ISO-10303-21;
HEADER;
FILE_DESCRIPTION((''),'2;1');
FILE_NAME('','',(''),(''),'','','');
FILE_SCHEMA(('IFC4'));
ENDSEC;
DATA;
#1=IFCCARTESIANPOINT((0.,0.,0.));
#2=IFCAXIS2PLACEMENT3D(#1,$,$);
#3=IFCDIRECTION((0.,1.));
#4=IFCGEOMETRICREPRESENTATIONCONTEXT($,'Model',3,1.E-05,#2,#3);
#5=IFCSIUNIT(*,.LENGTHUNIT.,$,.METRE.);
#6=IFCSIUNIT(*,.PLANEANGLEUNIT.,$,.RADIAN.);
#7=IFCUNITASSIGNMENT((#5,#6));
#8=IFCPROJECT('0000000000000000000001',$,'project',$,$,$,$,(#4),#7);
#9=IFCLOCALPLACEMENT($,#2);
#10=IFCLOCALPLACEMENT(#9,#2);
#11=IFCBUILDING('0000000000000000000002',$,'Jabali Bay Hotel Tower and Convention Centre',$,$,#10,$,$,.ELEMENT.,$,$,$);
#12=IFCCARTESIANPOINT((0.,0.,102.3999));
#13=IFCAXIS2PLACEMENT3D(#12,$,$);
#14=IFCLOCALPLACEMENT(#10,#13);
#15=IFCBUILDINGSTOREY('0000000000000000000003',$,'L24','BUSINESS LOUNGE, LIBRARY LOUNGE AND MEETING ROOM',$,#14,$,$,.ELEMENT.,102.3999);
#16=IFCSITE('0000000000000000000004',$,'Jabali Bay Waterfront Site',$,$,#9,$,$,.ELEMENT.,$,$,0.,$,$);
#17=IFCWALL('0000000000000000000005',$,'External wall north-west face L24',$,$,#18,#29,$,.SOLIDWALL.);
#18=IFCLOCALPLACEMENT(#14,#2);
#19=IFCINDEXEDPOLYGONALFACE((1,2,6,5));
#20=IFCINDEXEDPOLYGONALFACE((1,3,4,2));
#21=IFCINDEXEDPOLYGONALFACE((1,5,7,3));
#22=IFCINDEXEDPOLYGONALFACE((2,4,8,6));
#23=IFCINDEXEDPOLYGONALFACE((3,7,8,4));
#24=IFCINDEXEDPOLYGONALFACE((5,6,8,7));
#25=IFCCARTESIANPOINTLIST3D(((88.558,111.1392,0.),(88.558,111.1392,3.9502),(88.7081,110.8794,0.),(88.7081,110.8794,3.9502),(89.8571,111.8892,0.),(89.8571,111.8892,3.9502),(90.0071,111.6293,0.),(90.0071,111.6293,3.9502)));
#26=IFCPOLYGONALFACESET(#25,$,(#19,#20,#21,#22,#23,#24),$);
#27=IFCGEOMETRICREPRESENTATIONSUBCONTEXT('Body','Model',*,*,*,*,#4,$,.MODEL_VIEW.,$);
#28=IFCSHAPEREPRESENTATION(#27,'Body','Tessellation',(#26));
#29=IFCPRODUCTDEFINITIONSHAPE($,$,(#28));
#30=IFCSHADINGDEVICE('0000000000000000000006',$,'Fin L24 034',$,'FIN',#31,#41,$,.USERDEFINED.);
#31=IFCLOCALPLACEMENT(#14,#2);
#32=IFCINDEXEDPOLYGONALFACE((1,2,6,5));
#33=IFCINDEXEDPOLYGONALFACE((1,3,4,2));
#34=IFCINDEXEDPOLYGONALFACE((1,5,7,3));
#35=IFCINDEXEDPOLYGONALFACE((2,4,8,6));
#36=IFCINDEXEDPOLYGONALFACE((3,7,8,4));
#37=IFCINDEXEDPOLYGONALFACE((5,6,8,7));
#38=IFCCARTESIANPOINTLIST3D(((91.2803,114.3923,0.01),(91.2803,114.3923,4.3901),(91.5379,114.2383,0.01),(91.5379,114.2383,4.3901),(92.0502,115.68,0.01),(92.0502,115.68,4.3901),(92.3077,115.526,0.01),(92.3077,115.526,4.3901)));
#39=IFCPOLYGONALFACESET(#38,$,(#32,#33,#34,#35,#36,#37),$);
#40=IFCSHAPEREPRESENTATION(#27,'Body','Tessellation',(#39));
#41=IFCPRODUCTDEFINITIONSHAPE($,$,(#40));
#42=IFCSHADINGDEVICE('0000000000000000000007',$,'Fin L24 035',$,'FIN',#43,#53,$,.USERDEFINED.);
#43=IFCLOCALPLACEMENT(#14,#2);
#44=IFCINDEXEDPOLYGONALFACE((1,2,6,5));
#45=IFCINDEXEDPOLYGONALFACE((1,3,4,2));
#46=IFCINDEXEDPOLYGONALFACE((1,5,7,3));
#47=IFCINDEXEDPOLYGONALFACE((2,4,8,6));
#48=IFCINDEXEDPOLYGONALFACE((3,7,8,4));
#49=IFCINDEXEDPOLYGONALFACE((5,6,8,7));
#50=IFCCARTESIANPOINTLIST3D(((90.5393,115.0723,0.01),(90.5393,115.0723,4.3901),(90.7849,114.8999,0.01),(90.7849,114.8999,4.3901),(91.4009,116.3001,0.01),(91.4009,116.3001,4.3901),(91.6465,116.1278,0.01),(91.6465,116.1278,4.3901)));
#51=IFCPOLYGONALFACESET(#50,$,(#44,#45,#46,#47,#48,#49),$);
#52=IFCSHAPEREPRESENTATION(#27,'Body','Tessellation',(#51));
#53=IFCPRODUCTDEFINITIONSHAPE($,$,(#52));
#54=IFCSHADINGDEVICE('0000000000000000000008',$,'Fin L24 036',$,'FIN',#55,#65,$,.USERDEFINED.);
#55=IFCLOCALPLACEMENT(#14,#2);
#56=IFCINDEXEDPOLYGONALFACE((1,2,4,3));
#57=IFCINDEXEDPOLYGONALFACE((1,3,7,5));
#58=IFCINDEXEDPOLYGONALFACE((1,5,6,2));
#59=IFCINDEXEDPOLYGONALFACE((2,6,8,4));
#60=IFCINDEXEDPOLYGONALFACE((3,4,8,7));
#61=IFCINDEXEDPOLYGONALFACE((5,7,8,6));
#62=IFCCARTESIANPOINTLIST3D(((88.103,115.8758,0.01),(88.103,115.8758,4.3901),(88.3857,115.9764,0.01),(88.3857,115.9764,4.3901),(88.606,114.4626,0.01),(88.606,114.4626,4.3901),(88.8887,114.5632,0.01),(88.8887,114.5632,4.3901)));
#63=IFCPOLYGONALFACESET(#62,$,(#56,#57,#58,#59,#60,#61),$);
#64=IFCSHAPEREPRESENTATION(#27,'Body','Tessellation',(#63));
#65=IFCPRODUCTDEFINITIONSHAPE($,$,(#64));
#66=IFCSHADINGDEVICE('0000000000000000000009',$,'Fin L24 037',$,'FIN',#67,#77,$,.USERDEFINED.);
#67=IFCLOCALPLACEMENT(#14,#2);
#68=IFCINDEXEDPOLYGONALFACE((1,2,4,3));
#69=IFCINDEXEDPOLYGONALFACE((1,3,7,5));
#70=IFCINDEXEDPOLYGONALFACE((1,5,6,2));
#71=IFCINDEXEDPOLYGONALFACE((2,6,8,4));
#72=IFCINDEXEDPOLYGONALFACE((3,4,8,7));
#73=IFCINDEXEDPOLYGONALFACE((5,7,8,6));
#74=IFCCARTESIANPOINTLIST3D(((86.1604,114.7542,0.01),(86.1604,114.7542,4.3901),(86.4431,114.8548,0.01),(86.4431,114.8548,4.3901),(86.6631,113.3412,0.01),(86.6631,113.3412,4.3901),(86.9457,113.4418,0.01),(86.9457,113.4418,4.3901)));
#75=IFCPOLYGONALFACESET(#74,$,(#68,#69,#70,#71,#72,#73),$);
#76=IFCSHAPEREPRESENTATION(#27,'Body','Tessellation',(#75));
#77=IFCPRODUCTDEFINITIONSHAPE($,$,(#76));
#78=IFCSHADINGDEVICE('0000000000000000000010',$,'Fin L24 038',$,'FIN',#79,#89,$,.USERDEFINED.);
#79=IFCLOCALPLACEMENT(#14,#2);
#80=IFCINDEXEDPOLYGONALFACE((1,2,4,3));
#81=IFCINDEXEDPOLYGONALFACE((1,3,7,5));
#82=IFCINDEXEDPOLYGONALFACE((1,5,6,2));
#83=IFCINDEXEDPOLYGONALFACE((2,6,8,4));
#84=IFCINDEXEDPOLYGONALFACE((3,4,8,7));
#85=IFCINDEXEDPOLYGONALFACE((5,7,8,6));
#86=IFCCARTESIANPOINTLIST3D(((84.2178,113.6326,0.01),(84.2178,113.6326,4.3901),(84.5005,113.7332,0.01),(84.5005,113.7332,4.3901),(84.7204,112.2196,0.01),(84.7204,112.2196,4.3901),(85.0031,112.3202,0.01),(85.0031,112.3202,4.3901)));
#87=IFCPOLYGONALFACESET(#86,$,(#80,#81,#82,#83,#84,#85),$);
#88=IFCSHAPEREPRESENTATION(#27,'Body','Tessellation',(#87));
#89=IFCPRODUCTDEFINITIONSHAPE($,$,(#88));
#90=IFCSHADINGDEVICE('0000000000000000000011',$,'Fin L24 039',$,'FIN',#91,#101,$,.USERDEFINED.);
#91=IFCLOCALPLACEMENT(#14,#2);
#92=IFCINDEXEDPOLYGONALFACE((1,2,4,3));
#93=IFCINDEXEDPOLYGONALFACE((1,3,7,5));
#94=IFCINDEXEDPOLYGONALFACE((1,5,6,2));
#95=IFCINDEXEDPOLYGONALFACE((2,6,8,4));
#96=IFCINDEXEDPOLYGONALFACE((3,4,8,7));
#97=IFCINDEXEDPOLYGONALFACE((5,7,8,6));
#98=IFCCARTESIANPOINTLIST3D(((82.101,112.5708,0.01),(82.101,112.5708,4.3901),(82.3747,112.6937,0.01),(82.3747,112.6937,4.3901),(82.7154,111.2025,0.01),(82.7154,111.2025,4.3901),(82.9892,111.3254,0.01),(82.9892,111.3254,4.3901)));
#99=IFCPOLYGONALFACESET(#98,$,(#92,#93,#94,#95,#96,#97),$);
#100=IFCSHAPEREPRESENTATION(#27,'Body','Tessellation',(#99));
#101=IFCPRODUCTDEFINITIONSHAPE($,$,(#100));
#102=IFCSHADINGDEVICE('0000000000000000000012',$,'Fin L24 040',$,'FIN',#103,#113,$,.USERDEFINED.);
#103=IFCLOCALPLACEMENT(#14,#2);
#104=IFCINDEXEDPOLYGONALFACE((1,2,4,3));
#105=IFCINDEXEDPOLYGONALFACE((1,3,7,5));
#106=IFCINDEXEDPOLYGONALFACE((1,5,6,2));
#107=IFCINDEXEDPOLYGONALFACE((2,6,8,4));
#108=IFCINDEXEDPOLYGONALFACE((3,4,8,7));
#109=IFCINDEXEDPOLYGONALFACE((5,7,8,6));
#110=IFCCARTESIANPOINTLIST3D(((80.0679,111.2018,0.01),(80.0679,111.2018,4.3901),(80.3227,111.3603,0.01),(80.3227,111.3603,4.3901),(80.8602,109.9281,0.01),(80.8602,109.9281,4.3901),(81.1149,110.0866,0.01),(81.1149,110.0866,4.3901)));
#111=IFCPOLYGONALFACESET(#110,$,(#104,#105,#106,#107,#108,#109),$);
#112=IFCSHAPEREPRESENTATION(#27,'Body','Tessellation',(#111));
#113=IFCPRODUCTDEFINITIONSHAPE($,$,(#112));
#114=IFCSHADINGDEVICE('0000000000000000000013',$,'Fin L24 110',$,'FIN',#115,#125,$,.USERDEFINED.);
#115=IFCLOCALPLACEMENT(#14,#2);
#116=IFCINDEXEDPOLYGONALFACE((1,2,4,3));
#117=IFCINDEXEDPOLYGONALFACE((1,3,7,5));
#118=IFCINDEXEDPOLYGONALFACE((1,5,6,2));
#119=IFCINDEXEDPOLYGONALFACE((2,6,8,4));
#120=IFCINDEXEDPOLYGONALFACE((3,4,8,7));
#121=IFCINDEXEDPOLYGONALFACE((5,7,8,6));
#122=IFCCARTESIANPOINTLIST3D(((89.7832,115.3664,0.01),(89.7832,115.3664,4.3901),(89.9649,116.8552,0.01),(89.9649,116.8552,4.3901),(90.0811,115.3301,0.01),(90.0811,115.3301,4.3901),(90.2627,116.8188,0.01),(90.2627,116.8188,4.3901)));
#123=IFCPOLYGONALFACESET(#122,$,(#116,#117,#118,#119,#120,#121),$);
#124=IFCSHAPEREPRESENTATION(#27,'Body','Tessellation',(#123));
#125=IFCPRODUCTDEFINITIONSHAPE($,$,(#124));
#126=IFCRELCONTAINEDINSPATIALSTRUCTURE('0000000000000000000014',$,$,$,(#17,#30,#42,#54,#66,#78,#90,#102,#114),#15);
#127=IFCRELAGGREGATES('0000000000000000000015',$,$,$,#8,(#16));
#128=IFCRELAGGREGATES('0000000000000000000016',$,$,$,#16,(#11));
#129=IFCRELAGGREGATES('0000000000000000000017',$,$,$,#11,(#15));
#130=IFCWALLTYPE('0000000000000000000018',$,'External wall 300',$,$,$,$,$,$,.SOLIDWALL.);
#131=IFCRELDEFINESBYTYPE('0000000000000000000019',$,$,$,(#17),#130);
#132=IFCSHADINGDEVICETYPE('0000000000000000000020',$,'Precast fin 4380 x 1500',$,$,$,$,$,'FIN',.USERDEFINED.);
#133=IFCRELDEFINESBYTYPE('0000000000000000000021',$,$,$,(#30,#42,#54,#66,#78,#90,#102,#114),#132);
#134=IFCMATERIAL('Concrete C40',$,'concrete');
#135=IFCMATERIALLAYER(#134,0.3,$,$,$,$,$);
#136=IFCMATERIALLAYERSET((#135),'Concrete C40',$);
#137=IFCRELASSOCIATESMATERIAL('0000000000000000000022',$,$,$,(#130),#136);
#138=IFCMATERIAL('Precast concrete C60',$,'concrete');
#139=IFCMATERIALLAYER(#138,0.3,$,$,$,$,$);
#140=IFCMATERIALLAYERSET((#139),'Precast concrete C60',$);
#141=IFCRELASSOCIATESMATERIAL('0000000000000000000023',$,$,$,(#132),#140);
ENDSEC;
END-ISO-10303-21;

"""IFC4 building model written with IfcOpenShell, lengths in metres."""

from ifc_helpers import new_model, si_unit, direction, frame, frame_2d, origin, place, context, subcontext, project, spatial, rectangle, extrude, material, layer, layer_set, type_object, element, save


model = new_model("IFC4")

# Units and contexts
model_context = context("Model", 3, precision=1e-05, world=origin(), true_north=direction((0.0, 1.0)))
body_context = subcontext(model_context, "Body", "Model", "MODEL_VIEW")
ifc_project = project(units=[si_unit("LENGTHUNIT", "METRE"), si_unit("PLANEANGLEUNIT", "RADIAN")], contexts=[model_context])

# Site, building, storey
site_placement = place(None, origin())
site = spatial("IfcSite", under=ifc_project, at=site_placement, Name="Jabali Bay Waterfront Site", CompositionType="ELEMENT", RefElevation=0.0)
building_placement = place(site_placement, origin())
building = spatial("IfcBuilding", under=site, at=building_placement, Name="Jabali Bay Hotel Tower and Convention Centre", CompositionType="ELEMENT")
storey_placement = place(building_placement, frame((0.0, 0.0, 102.3999)))
storey = spatial("IfcBuildingStorey", under=building, at=storey_placement, Name="L24", Description="BUSINESS LOUNGE, LIBRARY LOUNGE AND MEETING ROOM", CompositionType="ELEMENT", Elevation=102.3999)

# Wall
ifc_material_1 = material(Name="Concrete C40", Category="concrete")
ifc_layer_1 = layer(ifc_material_1, 0.3)
ifc_layer_set_1 = layer_set([ifc_layer_1], Name="Concrete C40")
wall_type_1 = type_object("IfcWallType", Name="External wall 300", PredefinedType="SOLIDWALL", material=ifc_layer_set_1)
wall_1_placement = place(storey_placement, frame((88.6331, 111.0093, 0.0), z_axis=(0.0, 0.0, 1.0), x_axis=(0.866031, 0.49999, 0.0)))
element("IfcWall", 1, at=wall_1_placement, inside=storey, type_object=wall_type_1, Name="External wall north-west face L24", PredefinedType="SOLIDWALL", context=body_context, shape_type="SweptSolid", body=[
    extrude(rectangle(XDim=1.5, YDim=0.3, at=frame_2d((0.75, 0.0))), origin(), (0.0, 0.0, 1.0), 3.9502),
])

# Shading devices
ifc_material_2 = material(Name="Precast concrete C60", Category="concrete")
ifc_layer_2 = layer(ifc_material_2, 0.3)
ifc_layer_set_2 = layer_set([ifc_layer_2], Name="Precast concrete C60")
shading_device_type = type_object("IfcShadingDeviceType", Name="Precast fin 4380 x 1500", ElementType="FIN", PredefinedType="USERDEFINED", material=ifc_layer_set_2)
shading_device_1_placement = place(storey_placement, frame((91.4092, 114.3154, 0.01), z_axis=(0.0, 0.0, 1.0), x_axis=(0.513131, 0.85831, 0.0)))
element("IfcShadingDevice", 2, at=shading_device_1_placement, inside=storey, type_object=shading_device_type, Name="Fin L24 034", ObjectType="FIN", PredefinedType="USERDEFINED", context=body_context, shape_type="SweptSolid", body=[
    extrude(rectangle(XDim=1.5002, YDim=0.3, at=frame_2d((0.75, 0.0))), origin(), (0.0, 0.0, 1.0), 4.3801),
])
for number, where, z_axis, x_axis, name in (
    (3, (90.6621, 114.9861, 0.01), (0.0, 0.0, 1.0), (0.574412, 0.818566, 0.0), "Fin L24 035"),
    (4, (88.7473, 114.5129, 0.01), (0.0, 0.0, 1.0), (-0.335305, 0.94211, 0.0), "Fin L24 036"),
):
    element("IfcShadingDevice", number, at=place(storey_placement, frame(where, z_axis=z_axis, x_axis=x_axis)), inside=storey, type_object=shading_device_type, Name=name, ObjectType="FIN", PredefinedType="USERDEFINED", context=body_context, shape_type="SweptSolid", body=[
        extrude(rectangle(XDim=1.5, YDim=0.3, at=frame_2d((0.75, 0.0))), origin(), (0.0, 0.0, 1.0), 4.3801),
    ])
for number, where, z_axis, x_axis, name in (
    (5, (86.8044, 113.3914, 0.01), (0.0, 0.0, 1.0), (-0.335161, 0.942161, 0.0), "Fin L24 037"),
    (6, (84.8618, 112.2698, 0.01), (0.0, 0.0, 1.0), (-0.335161, 0.942161, 0.0), "Fin L24 038"),
):
    element("IfcShadingDevice", number, at=place(storey_placement, frame(where, z_axis=z_axis, x_axis=x_axis)), inside=storey, type_object=shading_device_type, Name=name, ObjectType="FIN", PredefinedType="USERDEFINED", context=body_context, shape_type="SweptSolid", body=[
        extrude(rectangle(XDim=1.4998, YDim=0.3, at=frame_2d((0.75, 0.0))), origin(), (0.0, 0.0, 1.0), 4.3801),
    ])
for number, where, z_axis, x_axis, name in (
    (7, (82.8523, 111.2639, 0.01), (0.0, 0.0, 1.0), (-0.409654, 0.912241, 0.0), "Fin L24 039"),
    (8, (80.9875, 110.0073, 0.01), (0.0, 0.0, 1.0), (-0.528169, 0.849139, 0.0), "Fin L24 040"),
):
    element("IfcShadingDevice", number, at=place(storey_placement, frame(where, z_axis=z_axis, x_axis=x_axis)), inside=storey, type_object=shading_device_type, Name=name, ObjectType="FIN", PredefinedType="USERDEFINED", context=body_context, shape_type="SweptSolid", body=[
        extrude(rectangle(XDim=1.5, YDim=0.3, at=frame_2d((0.75, 0.0))), origin(), (0.0, 0.0, 1.0), 4.3801),
    ])
shading_device_2_placement = place(storey_placement, frame((89.9321, 115.3481, 0.01), z_axis=(0.0, 0.0, 1.0), x_axis=(0.121109, 0.992639, 0.0)))
element("IfcShadingDevice", 9, at=shading_device_2_placement, inside=storey, type_object=shading_device_type, Name="Fin L24 110", ObjectType="FIN", PredefinedType="USERDEFINED", context=body_context, shape_type="SweptSolid", body=[
    extrude(rectangle(XDim=1.4998, YDim=0.3, at=frame_2d((0.75, 0.0))), origin(), (0.0, 0.0, 1.0), 4.3801),
])

save(model, "model.ifc")
